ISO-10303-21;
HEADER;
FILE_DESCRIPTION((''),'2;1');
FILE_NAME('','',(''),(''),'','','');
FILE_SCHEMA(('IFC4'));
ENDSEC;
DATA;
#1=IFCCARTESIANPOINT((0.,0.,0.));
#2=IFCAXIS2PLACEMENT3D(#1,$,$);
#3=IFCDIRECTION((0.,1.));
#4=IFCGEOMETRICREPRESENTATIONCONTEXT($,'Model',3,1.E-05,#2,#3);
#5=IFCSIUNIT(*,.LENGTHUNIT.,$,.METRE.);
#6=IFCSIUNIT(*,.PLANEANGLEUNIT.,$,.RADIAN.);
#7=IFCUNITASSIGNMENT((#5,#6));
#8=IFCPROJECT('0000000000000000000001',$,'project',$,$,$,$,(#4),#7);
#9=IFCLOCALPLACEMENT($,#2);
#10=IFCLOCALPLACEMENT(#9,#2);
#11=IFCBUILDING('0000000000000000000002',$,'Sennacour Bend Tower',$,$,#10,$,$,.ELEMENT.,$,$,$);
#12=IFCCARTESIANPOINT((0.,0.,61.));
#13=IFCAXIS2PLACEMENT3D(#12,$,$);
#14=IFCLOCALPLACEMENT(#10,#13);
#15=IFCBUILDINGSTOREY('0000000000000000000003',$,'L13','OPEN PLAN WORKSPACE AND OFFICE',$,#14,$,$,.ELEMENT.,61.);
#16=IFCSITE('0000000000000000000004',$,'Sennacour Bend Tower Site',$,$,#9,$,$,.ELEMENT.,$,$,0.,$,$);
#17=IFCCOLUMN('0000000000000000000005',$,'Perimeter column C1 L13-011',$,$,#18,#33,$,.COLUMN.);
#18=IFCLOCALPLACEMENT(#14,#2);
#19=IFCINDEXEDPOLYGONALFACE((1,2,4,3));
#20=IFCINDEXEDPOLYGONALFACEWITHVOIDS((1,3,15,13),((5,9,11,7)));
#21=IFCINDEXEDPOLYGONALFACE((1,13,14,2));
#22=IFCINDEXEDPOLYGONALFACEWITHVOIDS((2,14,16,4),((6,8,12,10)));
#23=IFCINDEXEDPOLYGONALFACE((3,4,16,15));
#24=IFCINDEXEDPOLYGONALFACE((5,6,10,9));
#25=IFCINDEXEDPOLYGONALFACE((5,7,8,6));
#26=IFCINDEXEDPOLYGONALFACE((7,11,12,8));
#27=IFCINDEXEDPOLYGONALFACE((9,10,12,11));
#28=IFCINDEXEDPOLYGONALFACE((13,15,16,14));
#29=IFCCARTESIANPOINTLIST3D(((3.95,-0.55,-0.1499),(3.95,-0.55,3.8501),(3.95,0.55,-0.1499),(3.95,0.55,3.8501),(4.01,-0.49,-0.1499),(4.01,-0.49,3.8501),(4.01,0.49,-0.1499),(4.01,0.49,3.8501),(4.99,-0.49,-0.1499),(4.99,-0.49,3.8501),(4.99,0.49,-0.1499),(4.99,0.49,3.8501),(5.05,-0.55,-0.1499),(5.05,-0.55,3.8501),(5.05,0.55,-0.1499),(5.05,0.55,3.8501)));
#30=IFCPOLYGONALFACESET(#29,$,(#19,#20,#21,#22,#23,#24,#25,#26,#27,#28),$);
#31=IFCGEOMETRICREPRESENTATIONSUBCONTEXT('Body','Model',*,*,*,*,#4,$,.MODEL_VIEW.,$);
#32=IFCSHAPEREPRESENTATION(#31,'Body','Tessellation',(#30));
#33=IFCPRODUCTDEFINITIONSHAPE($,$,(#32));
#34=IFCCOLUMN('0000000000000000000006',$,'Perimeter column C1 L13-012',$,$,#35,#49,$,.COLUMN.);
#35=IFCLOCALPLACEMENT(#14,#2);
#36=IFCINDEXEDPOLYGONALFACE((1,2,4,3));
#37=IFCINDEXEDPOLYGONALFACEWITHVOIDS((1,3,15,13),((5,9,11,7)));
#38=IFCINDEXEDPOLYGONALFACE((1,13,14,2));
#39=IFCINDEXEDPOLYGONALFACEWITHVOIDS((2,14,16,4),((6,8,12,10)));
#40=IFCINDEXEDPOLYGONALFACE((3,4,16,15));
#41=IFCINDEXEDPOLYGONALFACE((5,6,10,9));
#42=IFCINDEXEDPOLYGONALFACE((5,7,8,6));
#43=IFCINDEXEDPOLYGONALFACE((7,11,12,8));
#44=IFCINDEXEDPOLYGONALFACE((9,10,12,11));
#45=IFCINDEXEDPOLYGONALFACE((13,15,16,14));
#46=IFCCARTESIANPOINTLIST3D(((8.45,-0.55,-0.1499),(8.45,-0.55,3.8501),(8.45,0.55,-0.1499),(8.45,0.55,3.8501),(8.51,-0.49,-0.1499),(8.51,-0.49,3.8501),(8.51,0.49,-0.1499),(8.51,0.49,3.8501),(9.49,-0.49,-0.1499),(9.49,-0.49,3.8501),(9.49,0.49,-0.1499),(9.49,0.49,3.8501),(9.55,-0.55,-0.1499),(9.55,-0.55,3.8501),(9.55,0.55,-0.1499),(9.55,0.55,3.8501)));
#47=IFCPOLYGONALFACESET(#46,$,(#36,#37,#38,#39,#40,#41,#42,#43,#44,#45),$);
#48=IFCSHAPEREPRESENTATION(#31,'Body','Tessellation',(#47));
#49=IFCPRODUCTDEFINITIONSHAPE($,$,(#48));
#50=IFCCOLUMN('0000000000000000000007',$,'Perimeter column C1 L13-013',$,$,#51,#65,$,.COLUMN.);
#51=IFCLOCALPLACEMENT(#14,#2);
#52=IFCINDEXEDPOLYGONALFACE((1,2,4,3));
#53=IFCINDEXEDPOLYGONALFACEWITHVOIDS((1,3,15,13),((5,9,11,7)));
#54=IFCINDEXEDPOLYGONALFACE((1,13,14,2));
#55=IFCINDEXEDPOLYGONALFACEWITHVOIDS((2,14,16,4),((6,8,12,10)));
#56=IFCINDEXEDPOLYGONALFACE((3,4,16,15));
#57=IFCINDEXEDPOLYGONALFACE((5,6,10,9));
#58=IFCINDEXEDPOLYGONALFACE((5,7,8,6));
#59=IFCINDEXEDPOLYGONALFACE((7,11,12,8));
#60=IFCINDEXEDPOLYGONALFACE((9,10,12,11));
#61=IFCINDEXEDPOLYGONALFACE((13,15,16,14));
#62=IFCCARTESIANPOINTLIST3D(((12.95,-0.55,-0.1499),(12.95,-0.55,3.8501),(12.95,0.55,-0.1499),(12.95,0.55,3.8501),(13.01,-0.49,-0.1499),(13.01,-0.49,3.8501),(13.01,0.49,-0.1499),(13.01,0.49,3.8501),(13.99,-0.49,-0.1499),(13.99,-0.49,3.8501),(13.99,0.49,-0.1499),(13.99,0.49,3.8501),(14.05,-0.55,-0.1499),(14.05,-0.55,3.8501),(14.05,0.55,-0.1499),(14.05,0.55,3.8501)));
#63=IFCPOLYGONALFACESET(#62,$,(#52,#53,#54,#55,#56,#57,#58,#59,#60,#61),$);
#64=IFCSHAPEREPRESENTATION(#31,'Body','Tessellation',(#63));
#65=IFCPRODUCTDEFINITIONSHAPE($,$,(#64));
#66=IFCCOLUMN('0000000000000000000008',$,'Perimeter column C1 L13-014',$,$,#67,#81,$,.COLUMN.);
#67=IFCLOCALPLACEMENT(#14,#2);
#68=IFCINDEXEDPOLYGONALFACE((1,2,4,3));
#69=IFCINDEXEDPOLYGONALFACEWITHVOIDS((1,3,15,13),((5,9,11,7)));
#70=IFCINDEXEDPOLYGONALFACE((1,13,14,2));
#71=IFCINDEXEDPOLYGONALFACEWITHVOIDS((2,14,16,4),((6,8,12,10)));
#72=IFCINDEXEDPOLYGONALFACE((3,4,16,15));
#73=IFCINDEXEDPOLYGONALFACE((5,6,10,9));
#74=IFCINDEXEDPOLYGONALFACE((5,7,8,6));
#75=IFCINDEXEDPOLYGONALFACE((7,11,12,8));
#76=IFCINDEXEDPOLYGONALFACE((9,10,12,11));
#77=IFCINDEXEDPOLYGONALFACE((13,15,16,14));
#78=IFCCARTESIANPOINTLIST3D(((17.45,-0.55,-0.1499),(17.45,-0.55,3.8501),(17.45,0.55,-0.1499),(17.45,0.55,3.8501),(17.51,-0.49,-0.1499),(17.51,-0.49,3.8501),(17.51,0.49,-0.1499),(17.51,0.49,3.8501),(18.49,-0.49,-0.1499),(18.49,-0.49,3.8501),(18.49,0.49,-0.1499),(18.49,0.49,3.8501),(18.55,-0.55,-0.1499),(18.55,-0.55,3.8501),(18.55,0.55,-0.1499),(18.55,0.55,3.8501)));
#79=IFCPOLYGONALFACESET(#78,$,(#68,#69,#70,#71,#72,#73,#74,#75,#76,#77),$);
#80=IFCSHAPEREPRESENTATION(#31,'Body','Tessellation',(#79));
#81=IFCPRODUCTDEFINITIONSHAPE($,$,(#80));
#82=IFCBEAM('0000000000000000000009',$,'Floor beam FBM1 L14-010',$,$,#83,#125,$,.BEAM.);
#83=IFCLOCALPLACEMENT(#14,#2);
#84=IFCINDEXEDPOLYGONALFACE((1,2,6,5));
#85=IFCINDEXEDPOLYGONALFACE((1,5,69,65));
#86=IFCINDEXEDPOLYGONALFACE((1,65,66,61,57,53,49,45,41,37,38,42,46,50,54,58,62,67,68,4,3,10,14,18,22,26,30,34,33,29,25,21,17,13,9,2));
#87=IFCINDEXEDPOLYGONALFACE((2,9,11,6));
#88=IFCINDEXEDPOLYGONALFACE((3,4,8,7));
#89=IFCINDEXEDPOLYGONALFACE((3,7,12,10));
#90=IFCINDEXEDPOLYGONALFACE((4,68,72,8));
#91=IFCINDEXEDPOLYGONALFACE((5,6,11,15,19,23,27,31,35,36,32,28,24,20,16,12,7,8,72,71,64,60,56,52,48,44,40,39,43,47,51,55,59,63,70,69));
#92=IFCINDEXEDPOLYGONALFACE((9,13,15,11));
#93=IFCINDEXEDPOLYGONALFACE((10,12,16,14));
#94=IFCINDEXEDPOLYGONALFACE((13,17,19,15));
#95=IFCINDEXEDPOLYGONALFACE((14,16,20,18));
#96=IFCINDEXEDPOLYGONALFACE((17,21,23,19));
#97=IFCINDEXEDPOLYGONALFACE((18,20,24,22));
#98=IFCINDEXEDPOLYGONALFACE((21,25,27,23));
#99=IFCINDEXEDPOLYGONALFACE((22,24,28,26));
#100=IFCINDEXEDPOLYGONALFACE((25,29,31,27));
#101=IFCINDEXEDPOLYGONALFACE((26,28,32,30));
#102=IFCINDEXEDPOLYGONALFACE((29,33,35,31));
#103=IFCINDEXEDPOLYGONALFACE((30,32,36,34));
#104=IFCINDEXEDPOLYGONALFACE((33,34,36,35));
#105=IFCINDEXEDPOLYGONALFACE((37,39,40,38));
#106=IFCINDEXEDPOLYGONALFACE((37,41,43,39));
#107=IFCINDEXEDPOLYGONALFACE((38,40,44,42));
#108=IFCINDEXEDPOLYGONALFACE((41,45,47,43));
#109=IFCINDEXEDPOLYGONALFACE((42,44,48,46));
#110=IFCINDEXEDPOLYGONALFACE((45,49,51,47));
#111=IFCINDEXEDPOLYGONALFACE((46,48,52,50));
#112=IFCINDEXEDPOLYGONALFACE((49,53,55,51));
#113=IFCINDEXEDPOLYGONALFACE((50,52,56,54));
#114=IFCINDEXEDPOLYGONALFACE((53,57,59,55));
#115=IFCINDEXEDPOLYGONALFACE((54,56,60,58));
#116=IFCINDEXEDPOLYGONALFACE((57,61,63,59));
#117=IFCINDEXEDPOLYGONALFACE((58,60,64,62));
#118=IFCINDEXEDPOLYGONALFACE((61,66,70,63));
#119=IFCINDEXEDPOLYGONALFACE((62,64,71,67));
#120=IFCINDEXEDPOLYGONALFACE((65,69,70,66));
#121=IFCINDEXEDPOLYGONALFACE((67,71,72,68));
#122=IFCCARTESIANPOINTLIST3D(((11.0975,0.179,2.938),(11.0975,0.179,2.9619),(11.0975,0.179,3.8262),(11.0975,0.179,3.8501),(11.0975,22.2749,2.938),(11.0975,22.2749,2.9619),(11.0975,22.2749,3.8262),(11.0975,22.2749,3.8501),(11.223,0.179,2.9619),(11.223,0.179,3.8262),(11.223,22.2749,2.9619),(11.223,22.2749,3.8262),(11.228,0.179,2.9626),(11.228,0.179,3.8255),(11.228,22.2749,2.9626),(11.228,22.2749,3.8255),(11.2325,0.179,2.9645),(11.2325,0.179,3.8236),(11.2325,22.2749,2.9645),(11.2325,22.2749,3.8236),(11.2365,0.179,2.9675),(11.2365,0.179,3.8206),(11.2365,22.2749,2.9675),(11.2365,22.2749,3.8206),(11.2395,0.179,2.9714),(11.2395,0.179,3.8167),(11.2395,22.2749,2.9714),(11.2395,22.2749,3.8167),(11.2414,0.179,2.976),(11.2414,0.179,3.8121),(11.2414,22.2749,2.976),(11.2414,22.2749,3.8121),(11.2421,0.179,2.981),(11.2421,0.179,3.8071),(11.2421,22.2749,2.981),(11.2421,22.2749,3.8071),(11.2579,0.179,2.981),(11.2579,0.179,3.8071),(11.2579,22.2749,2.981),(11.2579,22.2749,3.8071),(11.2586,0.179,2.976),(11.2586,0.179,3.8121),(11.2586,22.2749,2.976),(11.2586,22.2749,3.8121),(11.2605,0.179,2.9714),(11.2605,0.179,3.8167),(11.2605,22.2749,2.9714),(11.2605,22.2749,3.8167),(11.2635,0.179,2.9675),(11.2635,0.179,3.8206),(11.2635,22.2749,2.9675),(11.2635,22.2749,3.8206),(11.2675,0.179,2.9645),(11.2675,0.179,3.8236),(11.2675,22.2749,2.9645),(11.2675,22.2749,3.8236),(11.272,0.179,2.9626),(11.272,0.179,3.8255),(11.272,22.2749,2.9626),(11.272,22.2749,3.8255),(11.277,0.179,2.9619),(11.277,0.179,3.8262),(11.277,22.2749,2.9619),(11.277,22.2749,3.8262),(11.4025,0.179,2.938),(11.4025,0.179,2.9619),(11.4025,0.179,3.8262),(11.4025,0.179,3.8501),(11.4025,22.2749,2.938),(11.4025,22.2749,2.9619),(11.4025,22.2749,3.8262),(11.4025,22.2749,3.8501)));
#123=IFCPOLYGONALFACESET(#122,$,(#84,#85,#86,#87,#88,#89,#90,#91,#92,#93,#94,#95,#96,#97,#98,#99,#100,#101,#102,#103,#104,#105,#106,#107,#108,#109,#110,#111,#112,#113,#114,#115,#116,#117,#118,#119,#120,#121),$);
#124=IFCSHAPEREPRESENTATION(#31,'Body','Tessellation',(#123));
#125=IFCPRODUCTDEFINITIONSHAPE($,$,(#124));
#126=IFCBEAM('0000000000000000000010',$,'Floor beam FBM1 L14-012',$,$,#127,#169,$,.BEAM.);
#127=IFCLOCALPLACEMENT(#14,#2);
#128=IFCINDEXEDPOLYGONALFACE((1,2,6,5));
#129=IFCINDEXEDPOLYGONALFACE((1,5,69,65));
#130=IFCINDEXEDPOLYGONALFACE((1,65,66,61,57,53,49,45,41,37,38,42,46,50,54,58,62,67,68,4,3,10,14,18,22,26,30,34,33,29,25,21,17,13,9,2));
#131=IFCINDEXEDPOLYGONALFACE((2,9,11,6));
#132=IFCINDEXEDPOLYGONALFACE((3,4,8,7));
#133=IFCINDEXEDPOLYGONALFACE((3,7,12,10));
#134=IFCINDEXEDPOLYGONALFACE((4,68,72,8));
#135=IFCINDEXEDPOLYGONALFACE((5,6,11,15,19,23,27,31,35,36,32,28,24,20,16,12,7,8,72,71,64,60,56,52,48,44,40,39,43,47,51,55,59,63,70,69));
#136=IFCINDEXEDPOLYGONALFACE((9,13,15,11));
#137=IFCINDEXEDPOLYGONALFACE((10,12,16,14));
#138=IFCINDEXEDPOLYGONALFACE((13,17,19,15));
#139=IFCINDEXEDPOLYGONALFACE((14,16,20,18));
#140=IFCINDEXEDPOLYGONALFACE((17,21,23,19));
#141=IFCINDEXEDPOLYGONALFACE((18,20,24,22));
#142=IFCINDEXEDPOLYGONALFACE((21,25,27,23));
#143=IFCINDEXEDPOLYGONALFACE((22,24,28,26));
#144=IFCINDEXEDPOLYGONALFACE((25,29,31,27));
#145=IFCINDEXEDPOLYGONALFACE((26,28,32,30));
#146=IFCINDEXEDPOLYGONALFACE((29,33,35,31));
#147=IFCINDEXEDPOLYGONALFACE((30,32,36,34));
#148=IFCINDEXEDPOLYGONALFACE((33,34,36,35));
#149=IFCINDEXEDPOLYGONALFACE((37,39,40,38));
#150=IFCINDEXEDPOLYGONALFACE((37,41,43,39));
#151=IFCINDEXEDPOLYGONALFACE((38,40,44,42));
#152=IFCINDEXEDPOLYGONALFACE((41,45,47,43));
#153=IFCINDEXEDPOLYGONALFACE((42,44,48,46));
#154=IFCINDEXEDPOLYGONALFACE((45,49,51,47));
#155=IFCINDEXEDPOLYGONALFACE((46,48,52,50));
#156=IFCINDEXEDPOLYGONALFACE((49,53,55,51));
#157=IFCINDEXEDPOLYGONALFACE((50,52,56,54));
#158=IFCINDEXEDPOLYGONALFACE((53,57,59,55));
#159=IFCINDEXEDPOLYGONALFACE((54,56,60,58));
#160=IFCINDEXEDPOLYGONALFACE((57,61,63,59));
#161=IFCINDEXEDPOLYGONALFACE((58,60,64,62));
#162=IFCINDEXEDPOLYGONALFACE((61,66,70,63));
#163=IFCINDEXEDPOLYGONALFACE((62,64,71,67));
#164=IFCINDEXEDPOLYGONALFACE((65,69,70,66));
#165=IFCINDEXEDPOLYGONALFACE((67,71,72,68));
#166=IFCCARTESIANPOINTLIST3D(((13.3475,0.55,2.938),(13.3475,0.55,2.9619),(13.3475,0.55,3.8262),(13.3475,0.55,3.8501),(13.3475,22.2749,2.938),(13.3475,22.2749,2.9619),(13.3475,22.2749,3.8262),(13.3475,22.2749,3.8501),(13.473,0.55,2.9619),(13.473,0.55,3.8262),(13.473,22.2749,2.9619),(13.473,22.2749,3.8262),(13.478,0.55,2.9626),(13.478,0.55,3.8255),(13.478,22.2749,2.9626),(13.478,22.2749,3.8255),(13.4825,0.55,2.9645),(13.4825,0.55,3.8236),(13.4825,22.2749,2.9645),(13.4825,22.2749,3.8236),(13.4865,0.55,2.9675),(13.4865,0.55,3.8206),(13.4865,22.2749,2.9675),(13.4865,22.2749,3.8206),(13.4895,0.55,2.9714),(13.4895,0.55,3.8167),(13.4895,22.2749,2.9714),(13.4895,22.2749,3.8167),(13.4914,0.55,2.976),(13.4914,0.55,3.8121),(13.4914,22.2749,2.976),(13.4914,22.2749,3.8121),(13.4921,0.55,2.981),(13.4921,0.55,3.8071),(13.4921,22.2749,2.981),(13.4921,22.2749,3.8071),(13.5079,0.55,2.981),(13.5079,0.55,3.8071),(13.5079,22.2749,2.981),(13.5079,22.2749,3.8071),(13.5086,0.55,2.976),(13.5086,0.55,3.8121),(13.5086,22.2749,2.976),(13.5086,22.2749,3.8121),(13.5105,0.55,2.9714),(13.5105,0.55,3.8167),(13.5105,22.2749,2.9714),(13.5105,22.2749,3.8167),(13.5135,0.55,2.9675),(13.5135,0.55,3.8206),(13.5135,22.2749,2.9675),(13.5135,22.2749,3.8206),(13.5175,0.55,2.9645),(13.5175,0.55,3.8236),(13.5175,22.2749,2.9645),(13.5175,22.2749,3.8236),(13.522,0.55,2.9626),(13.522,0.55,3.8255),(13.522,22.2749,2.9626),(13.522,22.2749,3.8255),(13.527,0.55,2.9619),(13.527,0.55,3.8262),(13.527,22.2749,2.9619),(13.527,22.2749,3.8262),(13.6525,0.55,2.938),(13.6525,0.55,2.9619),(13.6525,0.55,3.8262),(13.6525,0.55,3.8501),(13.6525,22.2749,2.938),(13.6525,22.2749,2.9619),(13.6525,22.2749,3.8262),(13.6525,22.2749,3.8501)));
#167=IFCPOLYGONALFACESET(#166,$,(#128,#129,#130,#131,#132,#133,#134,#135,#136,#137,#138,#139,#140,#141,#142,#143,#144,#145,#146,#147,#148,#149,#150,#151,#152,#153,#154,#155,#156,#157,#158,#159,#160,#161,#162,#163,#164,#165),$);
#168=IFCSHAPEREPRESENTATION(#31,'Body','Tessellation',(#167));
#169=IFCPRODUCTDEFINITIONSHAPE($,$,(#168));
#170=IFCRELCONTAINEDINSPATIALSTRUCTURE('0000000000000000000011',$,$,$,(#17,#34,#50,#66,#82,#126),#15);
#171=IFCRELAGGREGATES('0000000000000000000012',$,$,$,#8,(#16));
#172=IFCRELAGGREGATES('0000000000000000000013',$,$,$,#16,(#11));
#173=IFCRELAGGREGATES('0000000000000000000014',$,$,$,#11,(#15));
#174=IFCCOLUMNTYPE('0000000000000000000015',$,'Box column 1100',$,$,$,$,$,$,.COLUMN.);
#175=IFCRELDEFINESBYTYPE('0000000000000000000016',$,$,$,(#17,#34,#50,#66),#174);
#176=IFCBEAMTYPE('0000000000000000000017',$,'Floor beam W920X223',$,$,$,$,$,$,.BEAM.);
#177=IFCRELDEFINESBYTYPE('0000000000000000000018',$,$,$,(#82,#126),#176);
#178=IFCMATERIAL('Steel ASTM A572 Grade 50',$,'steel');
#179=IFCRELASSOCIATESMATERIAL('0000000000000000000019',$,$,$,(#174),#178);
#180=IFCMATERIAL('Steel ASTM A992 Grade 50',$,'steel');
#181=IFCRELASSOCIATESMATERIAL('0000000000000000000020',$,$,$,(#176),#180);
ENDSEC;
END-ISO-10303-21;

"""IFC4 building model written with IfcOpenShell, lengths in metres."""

from ifc_helpers import new_model, si_unit, direction, frame, origin, origin_2d, place, context, subcontext, project, spatial, hollow_rectangle, i_section, extrude, material, material_profile, profile_set, type_object, element, save


model = new_model("IFC4")

# Units and contexts
model_context = context("Model", 3, precision=1e-05, world=origin(), true_north=direction((0.0, 1.0)))
body_context = subcontext(model_context, "Body", "Model", "MODEL_VIEW")
ifc_project = project(units=[si_unit("LENGTHUNIT", "METRE"), si_unit("PLANEANGLEUNIT", "RADIAN")], contexts=[model_context])

# Site, building, storey
site_placement = place(None, origin())
site = spatial("IfcSite", under=ifc_project, at=site_placement, Name="Sennacour Bend Tower Site", CompositionType="ELEMENT", RefElevation=0.0)
building_placement = place(site_placement, origin())
building = spatial("IfcBuilding", under=site, at=building_placement, Name="Sennacour Bend Tower", CompositionType="ELEMENT")
storey_placement = place(building_placement, frame((0.0, 0.0, 61.0)))
storey = spatial("IfcBuildingStorey", under=building, at=storey_placement, Name="L13", Description="OPEN PLAN WORKSPACE AND OFFICE", CompositionType="ELEMENT", Elevation=61.0)

# Columns
ifc_material_1 = material(Name="Steel ASTM A572 Grade 50", Category="steel")
ifc_material_profile_1 = material_profile(ifc_material_1, hollow_rectangle(XDim=1.1001, YDim=1.1001, WallThickness=0.0601, at=origin_2d()), Name="Steel ASTM A572 Grade 50", Category="steel")
ifc_profile_set_1 = profile_set([ifc_material_profile_1], Name="Steel ASTM A572 Grade 50")
column_type = type_object("IfcColumnType", Name="Box column 1100", PredefinedType="COLUMN", material=ifc_profile_set_1)
for number, where, z_axis, x_axis, name in (
    (1, (4.5, 0.0, -0.1499), (0.0, 0.0, 1.0), (1.0, 0.0, 0.0), "Perimeter column C1 L13-011"),
    (2, (9.0, 0.0, -0.1499), (0.0, 0.0, 1.0), (1.0, 0.0, 0.0), "Perimeter column C1 L13-012"),
    (3, (13.5, 0.0, -0.1499), (0.0, 0.0, 1.0), (1.0, 0.0, 0.0), "Perimeter column C1 L13-013"),
    (4, (18.0, 0.0, -0.1499), (0.0, 0.0, 1.0), (1.0, 0.0, 0.0), "Perimeter column C1 L13-014"),
):
    element("IfcColumn", number, at=place(storey_placement, frame(where, z_axis=z_axis, x_axis=x_axis)), inside=storey, type_object=column_type, Name=name, PredefinedType="COLUMN", context=body_context, shape_type="SweptSolid", body=[
        extrude(hollow_rectangle(XDim=1.1001, YDim=1.1001, WallThickness=0.0601, at=origin_2d()), origin(), (0.0, 0.0, 1.0), 4.0),
    ])

# Beams
ifc_material_2 = material(Name="Steel ASTM A992 Grade 50", Category="steel")
ifc_material_profile_2 = material_profile(ifc_material_2, i_section(OverallWidth=0.3049, OverallDepth=0.9121, WebThickness=0.0159, FlangeThickness=0.0239, FilletRadius=0.019, at=origin_2d()), Name="Steel ASTM A992 Grade 50", Category="steel")
ifc_profile_set_2 = profile_set([ifc_material_profile_2], Name="Steel ASTM A992 Grade 50")
beam_type_1 = type_object("IfcBeamType", Name="Floor beam W920X223", PredefinedType="BEAM", material=ifc_profile_set_2)
beam_1_placement = place(storey_placement, frame((11.25, 0.179, 3.394), z_axis=(0.0, 1.0, 0.0), x_axis=(-1.0, 0.0, 0.0)))
element("IfcBeam", 5, at=beam_1_placement, inside=storey, type_object=beam_type_1, Name="Floor beam FBM1 L14-010", PredefinedType="BEAM", context=body_context, shape_type="SweptSolid", body=[
    extrude(i_section(OverallWidth=0.3049, OverallDepth=0.9121, WebThickness=0.0159, FlangeThickness=0.0239, FilletRadius=0.019, at=origin_2d()), origin(), (0.0, 0.0, 1.0), 22.0959),
])
beam_2_placement = place(storey_placement, frame((13.5, 0.55, 3.394), z_axis=(0.0, 1.0, 0.0), x_axis=(-1.0, 0.0, 0.0)))
element("IfcBeam", 6, at=beam_2_placement, inside=storey, type_object=beam_type_1, Name="Floor beam FBM1 L14-012", PredefinedType="BEAM", context=body_context, shape_type="SweptSolid", body=[
    extrude(i_section(OverallWidth=0.3049, OverallDepth=0.9121, WebThickness=0.0159, FlangeThickness=0.0239, FilletRadius=0.019, at=origin_2d()), origin(), (0.0, 0.0, 1.0), 21.7249),
])

save(model, "model.ifc")
